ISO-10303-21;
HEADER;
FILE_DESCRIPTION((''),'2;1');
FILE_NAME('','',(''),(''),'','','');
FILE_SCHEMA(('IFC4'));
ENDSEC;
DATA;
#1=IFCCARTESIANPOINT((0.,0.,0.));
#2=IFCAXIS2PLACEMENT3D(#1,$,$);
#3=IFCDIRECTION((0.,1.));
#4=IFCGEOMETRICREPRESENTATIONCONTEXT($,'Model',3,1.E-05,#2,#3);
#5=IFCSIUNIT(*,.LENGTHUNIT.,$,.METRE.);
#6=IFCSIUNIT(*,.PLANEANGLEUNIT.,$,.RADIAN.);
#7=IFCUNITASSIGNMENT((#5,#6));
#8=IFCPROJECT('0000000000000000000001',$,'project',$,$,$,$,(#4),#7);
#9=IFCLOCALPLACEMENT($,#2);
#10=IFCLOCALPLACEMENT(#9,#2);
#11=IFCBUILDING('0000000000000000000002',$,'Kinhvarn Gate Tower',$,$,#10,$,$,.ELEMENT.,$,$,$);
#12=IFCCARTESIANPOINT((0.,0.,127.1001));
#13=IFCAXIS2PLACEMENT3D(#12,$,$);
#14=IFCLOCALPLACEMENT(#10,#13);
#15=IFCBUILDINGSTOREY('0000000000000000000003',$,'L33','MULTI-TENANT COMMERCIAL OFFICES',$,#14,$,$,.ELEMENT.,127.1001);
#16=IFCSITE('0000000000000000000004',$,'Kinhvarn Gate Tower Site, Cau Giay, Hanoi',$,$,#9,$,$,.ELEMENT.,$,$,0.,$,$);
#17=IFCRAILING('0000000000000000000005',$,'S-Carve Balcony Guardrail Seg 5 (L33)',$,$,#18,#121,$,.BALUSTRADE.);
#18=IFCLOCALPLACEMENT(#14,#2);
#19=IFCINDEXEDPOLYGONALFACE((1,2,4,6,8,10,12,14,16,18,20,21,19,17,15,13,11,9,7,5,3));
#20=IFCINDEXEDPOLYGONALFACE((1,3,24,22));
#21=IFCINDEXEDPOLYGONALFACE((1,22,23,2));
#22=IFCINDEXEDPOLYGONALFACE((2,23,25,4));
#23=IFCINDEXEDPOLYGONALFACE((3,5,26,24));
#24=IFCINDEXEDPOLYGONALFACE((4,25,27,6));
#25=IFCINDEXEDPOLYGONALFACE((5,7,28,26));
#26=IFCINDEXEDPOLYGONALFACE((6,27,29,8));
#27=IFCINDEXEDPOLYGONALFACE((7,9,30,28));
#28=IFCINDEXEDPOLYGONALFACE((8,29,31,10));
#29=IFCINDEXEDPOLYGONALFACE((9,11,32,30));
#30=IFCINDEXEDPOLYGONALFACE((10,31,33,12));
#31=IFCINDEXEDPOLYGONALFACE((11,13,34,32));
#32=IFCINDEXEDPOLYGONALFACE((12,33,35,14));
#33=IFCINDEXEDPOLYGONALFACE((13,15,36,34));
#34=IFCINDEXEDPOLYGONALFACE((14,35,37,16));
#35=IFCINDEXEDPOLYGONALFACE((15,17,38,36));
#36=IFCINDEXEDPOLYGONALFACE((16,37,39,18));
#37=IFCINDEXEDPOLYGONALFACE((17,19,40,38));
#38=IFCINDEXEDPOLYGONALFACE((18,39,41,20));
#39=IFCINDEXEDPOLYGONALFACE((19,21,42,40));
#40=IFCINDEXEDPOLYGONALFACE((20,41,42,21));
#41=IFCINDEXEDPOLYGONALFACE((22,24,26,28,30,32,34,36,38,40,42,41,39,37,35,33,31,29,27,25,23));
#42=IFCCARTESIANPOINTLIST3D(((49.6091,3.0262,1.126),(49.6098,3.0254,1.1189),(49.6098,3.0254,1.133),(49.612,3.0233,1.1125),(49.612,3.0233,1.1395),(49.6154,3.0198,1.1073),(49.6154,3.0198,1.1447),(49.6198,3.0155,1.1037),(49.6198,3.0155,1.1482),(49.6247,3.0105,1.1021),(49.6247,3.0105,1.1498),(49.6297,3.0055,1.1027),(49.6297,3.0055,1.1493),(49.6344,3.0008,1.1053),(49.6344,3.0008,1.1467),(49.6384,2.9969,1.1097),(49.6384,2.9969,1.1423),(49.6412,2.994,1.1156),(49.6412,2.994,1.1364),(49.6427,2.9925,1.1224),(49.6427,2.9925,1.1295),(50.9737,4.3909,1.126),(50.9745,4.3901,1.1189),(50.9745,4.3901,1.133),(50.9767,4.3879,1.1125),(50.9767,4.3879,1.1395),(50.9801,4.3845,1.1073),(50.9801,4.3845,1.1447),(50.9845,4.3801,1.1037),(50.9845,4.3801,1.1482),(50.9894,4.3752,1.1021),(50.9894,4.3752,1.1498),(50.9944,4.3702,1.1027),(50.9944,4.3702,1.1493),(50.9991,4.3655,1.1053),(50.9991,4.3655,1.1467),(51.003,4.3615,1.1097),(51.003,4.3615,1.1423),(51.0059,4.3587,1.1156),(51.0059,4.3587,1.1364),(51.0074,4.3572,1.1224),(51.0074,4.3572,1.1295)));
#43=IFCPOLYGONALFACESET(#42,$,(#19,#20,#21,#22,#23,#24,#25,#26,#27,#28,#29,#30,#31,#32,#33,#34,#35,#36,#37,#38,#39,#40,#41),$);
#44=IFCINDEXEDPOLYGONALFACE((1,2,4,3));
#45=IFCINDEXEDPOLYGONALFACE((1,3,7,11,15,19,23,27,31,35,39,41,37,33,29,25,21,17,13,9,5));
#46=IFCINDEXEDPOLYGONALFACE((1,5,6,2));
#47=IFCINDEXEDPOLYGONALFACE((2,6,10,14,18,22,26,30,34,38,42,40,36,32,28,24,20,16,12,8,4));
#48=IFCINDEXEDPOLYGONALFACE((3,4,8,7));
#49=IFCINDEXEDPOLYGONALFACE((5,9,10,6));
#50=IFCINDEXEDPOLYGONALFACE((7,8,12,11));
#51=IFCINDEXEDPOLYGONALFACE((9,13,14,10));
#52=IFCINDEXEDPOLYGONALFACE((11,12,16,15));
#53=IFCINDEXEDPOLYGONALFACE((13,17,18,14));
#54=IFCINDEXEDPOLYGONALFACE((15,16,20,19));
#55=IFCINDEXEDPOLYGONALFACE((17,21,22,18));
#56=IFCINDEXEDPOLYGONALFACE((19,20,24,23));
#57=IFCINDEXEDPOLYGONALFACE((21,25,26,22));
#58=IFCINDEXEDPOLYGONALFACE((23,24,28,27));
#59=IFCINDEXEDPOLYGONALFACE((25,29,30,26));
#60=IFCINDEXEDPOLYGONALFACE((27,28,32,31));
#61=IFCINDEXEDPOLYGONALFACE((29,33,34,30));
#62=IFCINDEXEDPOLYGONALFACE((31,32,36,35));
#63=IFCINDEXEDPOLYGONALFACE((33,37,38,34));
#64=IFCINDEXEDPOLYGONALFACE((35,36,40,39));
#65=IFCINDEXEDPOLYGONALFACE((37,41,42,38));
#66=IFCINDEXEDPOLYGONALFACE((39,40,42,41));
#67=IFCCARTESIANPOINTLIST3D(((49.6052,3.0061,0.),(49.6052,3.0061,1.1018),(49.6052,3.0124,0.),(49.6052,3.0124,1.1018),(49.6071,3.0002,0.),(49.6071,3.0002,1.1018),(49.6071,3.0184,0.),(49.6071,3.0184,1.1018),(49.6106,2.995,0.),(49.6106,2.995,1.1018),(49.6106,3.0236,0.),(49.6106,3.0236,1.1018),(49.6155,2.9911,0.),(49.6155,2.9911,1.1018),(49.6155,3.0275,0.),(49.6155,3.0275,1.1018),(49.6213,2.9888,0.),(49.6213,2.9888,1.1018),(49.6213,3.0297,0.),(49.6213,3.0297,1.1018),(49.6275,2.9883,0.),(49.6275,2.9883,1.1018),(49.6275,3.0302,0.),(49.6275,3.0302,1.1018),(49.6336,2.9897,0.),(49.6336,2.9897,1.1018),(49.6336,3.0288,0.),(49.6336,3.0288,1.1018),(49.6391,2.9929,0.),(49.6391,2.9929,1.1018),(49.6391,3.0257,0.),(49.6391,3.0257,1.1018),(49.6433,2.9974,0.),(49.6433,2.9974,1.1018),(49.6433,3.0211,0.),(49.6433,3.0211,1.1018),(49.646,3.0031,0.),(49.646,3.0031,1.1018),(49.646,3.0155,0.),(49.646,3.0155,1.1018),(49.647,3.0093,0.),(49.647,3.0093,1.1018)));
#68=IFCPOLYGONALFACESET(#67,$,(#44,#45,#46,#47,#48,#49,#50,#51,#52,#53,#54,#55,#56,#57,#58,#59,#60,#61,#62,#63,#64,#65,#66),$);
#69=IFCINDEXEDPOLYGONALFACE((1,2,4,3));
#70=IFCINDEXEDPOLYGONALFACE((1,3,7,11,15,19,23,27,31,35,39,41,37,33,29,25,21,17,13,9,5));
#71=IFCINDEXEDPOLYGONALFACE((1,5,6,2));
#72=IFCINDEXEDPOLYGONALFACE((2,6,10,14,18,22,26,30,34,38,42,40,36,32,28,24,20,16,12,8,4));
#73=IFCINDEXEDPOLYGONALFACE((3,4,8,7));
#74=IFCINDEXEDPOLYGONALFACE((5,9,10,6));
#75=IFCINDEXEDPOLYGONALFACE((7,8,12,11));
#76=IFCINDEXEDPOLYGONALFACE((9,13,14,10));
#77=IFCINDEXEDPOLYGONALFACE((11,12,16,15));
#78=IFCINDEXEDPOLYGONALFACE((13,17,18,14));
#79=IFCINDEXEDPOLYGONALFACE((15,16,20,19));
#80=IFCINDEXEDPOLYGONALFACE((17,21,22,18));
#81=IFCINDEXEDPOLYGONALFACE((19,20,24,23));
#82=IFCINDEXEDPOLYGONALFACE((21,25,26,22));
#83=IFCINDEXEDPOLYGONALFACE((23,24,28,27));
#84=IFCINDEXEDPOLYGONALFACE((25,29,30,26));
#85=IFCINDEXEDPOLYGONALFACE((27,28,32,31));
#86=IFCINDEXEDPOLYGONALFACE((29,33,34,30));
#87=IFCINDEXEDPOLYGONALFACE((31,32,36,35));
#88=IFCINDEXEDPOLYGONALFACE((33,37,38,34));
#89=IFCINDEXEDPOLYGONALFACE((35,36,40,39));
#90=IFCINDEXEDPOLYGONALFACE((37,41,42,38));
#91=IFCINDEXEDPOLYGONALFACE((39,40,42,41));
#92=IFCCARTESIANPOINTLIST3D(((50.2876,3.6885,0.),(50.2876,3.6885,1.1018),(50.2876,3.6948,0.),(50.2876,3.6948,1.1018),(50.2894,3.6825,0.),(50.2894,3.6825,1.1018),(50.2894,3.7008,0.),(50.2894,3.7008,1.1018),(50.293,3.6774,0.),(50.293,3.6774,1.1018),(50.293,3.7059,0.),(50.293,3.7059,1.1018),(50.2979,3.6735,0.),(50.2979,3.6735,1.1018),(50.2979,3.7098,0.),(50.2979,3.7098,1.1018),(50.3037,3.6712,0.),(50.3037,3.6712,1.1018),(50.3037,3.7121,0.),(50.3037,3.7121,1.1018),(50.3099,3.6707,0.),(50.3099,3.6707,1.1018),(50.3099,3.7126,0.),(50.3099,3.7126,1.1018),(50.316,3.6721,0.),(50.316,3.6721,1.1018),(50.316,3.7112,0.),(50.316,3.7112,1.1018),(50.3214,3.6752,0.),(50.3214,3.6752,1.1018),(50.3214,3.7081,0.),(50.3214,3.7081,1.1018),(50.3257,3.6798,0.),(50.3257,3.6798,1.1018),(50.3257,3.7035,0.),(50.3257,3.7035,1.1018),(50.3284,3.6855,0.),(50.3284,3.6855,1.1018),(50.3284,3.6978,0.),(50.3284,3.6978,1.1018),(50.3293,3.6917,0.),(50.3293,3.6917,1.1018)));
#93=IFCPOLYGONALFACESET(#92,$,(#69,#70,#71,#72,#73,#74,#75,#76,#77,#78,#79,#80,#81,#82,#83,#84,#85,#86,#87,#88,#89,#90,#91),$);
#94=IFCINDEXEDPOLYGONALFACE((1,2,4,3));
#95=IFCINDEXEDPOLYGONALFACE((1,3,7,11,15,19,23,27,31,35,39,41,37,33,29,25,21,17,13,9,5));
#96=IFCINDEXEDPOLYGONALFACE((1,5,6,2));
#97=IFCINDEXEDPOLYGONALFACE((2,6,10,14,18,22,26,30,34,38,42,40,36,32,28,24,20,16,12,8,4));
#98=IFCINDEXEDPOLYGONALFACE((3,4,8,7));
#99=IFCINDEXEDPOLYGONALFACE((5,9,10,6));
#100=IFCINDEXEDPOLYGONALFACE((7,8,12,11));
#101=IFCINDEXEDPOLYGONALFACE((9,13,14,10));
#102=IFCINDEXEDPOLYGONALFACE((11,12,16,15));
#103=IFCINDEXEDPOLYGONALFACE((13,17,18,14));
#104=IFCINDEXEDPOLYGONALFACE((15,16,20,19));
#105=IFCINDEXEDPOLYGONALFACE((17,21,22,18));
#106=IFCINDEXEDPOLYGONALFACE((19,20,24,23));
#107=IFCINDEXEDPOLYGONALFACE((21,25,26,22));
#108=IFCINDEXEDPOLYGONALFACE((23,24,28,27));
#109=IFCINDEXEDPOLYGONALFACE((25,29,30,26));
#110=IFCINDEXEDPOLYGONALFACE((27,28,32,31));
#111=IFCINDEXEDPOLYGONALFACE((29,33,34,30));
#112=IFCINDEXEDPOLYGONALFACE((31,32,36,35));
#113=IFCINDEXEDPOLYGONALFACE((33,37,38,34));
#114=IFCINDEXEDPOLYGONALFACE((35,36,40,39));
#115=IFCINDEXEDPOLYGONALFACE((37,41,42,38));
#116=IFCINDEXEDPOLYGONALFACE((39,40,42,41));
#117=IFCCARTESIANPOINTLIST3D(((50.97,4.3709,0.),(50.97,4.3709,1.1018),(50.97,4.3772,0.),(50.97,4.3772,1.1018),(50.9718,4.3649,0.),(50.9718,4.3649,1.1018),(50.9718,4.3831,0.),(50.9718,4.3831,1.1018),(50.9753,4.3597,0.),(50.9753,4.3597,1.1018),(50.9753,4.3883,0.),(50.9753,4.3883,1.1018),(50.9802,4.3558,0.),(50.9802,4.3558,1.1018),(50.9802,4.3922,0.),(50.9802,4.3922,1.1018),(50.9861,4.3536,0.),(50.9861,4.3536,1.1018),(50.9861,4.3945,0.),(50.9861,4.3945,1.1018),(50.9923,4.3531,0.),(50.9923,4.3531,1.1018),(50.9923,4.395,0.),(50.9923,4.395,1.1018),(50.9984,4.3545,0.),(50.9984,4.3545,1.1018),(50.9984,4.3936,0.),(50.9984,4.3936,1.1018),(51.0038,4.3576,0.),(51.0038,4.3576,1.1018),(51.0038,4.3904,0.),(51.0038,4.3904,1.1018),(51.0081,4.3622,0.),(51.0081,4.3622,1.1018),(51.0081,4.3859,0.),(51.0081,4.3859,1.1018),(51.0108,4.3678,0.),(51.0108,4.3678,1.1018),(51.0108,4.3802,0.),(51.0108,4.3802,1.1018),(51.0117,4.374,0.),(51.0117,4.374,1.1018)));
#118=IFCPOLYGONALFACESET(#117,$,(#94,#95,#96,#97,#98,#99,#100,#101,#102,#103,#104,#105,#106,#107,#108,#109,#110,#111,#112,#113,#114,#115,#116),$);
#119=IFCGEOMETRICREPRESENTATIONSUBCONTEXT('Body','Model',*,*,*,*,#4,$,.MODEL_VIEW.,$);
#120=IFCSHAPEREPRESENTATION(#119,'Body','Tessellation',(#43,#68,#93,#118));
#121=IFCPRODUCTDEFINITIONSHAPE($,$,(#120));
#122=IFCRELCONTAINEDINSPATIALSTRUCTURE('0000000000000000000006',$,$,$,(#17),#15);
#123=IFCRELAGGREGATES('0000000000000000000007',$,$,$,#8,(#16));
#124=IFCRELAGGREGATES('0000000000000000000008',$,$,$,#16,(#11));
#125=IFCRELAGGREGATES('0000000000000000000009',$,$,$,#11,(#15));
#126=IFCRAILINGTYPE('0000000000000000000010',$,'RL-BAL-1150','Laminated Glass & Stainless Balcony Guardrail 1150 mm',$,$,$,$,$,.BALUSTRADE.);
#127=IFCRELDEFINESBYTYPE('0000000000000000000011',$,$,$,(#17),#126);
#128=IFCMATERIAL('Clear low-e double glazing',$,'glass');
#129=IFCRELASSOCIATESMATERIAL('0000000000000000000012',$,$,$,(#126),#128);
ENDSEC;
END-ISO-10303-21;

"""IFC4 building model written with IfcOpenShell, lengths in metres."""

from ifc_helpers import new_model, si_unit, direction, frame, origin, origin_2d, place, context, subcontext, project, spatial, circle, extrude, material, type_object, element, save


model = new_model("IFC4")

# Units and contexts
model_context = context("Model", 3, precision=1e-05, world=origin(), true_north=direction((0.0, 1.0)))
body_context = subcontext(model_context, "Body", "Model", "MODEL_VIEW")
ifc_project = project(units=[si_unit("LENGTHUNIT", "METRE"), si_unit("PLANEANGLEUNIT", "RADIAN")], contexts=[model_context])

# Site, building, storey
site_placement = place(None, origin())
site = spatial("IfcSite", under=ifc_project, at=site_placement, Name="Kinhvarn Gate Tower Site, Cau Giay, Hanoi", CompositionType="ELEMENT", RefElevation=0.0)
building_placement = place(site_placement, origin())
building = spatial("IfcBuilding", under=site, at=building_placement, Name="Kinhvarn Gate Tower", CompositionType="ELEMENT")
storey_placement = place(building_placement, frame((0.0, 0.0, 127.1001)))
storey = spatial("IfcBuildingStorey", under=building, at=storey_placement, Name="L33", Description="MULTI-TENANT COMMERCIAL OFFICES", CompositionType="ELEMENT", Elevation=127.1001)

# Shared definitions
ifc_material_1 = material(Name="Clear low-e double glazing", Category="glass")

# Railing
railing_type = type_object("IfcRailingType", Name="RL-BAL-1150", Description="Laminated Glass & Stainless Balcony Guardrail 1150 mm", PredefinedType="BALUSTRADE", material=ifc_material_1)
railing_1_placement = place(storey_placement, frame((49.626, 3.0093, 0.0)))
element("IfcRailing", 1, at=railing_1_placement, inside=storey, type_object=railing_type, Name="S-Carve Balcony Guardrail Seg 5 (L33)", PredefinedType="BALUSTRADE", context=body_context, shape_type="SweptSolid", body=[
    extrude(circle(Radius=0.0239, at=origin_2d()), frame((0.0, 0.0, 1.126), z_axis=(0.707107, 0.707107, 0.0), x_axis=(-0.707107, 0.707107, 0.0)), (0.0, 0.0, 1.0), 1.9299),
    extrude(circle(Radius=0.021, at=origin_2d()), origin(), (0.0, 0.0, 1.0), 1.1018),
    extrude(circle(Radius=0.021, at=origin_2d()), frame((0.6824, 0.6824, 0.0)), (0.0, 0.0, 1.0), 1.1018),
    extrude(circle(Radius=0.021, at=origin_2d()), frame((1.3647, 1.3647, 0.0)), (0.0, 0.0, 1.0), 1.1018),
])

save(model, "model.ifc")
